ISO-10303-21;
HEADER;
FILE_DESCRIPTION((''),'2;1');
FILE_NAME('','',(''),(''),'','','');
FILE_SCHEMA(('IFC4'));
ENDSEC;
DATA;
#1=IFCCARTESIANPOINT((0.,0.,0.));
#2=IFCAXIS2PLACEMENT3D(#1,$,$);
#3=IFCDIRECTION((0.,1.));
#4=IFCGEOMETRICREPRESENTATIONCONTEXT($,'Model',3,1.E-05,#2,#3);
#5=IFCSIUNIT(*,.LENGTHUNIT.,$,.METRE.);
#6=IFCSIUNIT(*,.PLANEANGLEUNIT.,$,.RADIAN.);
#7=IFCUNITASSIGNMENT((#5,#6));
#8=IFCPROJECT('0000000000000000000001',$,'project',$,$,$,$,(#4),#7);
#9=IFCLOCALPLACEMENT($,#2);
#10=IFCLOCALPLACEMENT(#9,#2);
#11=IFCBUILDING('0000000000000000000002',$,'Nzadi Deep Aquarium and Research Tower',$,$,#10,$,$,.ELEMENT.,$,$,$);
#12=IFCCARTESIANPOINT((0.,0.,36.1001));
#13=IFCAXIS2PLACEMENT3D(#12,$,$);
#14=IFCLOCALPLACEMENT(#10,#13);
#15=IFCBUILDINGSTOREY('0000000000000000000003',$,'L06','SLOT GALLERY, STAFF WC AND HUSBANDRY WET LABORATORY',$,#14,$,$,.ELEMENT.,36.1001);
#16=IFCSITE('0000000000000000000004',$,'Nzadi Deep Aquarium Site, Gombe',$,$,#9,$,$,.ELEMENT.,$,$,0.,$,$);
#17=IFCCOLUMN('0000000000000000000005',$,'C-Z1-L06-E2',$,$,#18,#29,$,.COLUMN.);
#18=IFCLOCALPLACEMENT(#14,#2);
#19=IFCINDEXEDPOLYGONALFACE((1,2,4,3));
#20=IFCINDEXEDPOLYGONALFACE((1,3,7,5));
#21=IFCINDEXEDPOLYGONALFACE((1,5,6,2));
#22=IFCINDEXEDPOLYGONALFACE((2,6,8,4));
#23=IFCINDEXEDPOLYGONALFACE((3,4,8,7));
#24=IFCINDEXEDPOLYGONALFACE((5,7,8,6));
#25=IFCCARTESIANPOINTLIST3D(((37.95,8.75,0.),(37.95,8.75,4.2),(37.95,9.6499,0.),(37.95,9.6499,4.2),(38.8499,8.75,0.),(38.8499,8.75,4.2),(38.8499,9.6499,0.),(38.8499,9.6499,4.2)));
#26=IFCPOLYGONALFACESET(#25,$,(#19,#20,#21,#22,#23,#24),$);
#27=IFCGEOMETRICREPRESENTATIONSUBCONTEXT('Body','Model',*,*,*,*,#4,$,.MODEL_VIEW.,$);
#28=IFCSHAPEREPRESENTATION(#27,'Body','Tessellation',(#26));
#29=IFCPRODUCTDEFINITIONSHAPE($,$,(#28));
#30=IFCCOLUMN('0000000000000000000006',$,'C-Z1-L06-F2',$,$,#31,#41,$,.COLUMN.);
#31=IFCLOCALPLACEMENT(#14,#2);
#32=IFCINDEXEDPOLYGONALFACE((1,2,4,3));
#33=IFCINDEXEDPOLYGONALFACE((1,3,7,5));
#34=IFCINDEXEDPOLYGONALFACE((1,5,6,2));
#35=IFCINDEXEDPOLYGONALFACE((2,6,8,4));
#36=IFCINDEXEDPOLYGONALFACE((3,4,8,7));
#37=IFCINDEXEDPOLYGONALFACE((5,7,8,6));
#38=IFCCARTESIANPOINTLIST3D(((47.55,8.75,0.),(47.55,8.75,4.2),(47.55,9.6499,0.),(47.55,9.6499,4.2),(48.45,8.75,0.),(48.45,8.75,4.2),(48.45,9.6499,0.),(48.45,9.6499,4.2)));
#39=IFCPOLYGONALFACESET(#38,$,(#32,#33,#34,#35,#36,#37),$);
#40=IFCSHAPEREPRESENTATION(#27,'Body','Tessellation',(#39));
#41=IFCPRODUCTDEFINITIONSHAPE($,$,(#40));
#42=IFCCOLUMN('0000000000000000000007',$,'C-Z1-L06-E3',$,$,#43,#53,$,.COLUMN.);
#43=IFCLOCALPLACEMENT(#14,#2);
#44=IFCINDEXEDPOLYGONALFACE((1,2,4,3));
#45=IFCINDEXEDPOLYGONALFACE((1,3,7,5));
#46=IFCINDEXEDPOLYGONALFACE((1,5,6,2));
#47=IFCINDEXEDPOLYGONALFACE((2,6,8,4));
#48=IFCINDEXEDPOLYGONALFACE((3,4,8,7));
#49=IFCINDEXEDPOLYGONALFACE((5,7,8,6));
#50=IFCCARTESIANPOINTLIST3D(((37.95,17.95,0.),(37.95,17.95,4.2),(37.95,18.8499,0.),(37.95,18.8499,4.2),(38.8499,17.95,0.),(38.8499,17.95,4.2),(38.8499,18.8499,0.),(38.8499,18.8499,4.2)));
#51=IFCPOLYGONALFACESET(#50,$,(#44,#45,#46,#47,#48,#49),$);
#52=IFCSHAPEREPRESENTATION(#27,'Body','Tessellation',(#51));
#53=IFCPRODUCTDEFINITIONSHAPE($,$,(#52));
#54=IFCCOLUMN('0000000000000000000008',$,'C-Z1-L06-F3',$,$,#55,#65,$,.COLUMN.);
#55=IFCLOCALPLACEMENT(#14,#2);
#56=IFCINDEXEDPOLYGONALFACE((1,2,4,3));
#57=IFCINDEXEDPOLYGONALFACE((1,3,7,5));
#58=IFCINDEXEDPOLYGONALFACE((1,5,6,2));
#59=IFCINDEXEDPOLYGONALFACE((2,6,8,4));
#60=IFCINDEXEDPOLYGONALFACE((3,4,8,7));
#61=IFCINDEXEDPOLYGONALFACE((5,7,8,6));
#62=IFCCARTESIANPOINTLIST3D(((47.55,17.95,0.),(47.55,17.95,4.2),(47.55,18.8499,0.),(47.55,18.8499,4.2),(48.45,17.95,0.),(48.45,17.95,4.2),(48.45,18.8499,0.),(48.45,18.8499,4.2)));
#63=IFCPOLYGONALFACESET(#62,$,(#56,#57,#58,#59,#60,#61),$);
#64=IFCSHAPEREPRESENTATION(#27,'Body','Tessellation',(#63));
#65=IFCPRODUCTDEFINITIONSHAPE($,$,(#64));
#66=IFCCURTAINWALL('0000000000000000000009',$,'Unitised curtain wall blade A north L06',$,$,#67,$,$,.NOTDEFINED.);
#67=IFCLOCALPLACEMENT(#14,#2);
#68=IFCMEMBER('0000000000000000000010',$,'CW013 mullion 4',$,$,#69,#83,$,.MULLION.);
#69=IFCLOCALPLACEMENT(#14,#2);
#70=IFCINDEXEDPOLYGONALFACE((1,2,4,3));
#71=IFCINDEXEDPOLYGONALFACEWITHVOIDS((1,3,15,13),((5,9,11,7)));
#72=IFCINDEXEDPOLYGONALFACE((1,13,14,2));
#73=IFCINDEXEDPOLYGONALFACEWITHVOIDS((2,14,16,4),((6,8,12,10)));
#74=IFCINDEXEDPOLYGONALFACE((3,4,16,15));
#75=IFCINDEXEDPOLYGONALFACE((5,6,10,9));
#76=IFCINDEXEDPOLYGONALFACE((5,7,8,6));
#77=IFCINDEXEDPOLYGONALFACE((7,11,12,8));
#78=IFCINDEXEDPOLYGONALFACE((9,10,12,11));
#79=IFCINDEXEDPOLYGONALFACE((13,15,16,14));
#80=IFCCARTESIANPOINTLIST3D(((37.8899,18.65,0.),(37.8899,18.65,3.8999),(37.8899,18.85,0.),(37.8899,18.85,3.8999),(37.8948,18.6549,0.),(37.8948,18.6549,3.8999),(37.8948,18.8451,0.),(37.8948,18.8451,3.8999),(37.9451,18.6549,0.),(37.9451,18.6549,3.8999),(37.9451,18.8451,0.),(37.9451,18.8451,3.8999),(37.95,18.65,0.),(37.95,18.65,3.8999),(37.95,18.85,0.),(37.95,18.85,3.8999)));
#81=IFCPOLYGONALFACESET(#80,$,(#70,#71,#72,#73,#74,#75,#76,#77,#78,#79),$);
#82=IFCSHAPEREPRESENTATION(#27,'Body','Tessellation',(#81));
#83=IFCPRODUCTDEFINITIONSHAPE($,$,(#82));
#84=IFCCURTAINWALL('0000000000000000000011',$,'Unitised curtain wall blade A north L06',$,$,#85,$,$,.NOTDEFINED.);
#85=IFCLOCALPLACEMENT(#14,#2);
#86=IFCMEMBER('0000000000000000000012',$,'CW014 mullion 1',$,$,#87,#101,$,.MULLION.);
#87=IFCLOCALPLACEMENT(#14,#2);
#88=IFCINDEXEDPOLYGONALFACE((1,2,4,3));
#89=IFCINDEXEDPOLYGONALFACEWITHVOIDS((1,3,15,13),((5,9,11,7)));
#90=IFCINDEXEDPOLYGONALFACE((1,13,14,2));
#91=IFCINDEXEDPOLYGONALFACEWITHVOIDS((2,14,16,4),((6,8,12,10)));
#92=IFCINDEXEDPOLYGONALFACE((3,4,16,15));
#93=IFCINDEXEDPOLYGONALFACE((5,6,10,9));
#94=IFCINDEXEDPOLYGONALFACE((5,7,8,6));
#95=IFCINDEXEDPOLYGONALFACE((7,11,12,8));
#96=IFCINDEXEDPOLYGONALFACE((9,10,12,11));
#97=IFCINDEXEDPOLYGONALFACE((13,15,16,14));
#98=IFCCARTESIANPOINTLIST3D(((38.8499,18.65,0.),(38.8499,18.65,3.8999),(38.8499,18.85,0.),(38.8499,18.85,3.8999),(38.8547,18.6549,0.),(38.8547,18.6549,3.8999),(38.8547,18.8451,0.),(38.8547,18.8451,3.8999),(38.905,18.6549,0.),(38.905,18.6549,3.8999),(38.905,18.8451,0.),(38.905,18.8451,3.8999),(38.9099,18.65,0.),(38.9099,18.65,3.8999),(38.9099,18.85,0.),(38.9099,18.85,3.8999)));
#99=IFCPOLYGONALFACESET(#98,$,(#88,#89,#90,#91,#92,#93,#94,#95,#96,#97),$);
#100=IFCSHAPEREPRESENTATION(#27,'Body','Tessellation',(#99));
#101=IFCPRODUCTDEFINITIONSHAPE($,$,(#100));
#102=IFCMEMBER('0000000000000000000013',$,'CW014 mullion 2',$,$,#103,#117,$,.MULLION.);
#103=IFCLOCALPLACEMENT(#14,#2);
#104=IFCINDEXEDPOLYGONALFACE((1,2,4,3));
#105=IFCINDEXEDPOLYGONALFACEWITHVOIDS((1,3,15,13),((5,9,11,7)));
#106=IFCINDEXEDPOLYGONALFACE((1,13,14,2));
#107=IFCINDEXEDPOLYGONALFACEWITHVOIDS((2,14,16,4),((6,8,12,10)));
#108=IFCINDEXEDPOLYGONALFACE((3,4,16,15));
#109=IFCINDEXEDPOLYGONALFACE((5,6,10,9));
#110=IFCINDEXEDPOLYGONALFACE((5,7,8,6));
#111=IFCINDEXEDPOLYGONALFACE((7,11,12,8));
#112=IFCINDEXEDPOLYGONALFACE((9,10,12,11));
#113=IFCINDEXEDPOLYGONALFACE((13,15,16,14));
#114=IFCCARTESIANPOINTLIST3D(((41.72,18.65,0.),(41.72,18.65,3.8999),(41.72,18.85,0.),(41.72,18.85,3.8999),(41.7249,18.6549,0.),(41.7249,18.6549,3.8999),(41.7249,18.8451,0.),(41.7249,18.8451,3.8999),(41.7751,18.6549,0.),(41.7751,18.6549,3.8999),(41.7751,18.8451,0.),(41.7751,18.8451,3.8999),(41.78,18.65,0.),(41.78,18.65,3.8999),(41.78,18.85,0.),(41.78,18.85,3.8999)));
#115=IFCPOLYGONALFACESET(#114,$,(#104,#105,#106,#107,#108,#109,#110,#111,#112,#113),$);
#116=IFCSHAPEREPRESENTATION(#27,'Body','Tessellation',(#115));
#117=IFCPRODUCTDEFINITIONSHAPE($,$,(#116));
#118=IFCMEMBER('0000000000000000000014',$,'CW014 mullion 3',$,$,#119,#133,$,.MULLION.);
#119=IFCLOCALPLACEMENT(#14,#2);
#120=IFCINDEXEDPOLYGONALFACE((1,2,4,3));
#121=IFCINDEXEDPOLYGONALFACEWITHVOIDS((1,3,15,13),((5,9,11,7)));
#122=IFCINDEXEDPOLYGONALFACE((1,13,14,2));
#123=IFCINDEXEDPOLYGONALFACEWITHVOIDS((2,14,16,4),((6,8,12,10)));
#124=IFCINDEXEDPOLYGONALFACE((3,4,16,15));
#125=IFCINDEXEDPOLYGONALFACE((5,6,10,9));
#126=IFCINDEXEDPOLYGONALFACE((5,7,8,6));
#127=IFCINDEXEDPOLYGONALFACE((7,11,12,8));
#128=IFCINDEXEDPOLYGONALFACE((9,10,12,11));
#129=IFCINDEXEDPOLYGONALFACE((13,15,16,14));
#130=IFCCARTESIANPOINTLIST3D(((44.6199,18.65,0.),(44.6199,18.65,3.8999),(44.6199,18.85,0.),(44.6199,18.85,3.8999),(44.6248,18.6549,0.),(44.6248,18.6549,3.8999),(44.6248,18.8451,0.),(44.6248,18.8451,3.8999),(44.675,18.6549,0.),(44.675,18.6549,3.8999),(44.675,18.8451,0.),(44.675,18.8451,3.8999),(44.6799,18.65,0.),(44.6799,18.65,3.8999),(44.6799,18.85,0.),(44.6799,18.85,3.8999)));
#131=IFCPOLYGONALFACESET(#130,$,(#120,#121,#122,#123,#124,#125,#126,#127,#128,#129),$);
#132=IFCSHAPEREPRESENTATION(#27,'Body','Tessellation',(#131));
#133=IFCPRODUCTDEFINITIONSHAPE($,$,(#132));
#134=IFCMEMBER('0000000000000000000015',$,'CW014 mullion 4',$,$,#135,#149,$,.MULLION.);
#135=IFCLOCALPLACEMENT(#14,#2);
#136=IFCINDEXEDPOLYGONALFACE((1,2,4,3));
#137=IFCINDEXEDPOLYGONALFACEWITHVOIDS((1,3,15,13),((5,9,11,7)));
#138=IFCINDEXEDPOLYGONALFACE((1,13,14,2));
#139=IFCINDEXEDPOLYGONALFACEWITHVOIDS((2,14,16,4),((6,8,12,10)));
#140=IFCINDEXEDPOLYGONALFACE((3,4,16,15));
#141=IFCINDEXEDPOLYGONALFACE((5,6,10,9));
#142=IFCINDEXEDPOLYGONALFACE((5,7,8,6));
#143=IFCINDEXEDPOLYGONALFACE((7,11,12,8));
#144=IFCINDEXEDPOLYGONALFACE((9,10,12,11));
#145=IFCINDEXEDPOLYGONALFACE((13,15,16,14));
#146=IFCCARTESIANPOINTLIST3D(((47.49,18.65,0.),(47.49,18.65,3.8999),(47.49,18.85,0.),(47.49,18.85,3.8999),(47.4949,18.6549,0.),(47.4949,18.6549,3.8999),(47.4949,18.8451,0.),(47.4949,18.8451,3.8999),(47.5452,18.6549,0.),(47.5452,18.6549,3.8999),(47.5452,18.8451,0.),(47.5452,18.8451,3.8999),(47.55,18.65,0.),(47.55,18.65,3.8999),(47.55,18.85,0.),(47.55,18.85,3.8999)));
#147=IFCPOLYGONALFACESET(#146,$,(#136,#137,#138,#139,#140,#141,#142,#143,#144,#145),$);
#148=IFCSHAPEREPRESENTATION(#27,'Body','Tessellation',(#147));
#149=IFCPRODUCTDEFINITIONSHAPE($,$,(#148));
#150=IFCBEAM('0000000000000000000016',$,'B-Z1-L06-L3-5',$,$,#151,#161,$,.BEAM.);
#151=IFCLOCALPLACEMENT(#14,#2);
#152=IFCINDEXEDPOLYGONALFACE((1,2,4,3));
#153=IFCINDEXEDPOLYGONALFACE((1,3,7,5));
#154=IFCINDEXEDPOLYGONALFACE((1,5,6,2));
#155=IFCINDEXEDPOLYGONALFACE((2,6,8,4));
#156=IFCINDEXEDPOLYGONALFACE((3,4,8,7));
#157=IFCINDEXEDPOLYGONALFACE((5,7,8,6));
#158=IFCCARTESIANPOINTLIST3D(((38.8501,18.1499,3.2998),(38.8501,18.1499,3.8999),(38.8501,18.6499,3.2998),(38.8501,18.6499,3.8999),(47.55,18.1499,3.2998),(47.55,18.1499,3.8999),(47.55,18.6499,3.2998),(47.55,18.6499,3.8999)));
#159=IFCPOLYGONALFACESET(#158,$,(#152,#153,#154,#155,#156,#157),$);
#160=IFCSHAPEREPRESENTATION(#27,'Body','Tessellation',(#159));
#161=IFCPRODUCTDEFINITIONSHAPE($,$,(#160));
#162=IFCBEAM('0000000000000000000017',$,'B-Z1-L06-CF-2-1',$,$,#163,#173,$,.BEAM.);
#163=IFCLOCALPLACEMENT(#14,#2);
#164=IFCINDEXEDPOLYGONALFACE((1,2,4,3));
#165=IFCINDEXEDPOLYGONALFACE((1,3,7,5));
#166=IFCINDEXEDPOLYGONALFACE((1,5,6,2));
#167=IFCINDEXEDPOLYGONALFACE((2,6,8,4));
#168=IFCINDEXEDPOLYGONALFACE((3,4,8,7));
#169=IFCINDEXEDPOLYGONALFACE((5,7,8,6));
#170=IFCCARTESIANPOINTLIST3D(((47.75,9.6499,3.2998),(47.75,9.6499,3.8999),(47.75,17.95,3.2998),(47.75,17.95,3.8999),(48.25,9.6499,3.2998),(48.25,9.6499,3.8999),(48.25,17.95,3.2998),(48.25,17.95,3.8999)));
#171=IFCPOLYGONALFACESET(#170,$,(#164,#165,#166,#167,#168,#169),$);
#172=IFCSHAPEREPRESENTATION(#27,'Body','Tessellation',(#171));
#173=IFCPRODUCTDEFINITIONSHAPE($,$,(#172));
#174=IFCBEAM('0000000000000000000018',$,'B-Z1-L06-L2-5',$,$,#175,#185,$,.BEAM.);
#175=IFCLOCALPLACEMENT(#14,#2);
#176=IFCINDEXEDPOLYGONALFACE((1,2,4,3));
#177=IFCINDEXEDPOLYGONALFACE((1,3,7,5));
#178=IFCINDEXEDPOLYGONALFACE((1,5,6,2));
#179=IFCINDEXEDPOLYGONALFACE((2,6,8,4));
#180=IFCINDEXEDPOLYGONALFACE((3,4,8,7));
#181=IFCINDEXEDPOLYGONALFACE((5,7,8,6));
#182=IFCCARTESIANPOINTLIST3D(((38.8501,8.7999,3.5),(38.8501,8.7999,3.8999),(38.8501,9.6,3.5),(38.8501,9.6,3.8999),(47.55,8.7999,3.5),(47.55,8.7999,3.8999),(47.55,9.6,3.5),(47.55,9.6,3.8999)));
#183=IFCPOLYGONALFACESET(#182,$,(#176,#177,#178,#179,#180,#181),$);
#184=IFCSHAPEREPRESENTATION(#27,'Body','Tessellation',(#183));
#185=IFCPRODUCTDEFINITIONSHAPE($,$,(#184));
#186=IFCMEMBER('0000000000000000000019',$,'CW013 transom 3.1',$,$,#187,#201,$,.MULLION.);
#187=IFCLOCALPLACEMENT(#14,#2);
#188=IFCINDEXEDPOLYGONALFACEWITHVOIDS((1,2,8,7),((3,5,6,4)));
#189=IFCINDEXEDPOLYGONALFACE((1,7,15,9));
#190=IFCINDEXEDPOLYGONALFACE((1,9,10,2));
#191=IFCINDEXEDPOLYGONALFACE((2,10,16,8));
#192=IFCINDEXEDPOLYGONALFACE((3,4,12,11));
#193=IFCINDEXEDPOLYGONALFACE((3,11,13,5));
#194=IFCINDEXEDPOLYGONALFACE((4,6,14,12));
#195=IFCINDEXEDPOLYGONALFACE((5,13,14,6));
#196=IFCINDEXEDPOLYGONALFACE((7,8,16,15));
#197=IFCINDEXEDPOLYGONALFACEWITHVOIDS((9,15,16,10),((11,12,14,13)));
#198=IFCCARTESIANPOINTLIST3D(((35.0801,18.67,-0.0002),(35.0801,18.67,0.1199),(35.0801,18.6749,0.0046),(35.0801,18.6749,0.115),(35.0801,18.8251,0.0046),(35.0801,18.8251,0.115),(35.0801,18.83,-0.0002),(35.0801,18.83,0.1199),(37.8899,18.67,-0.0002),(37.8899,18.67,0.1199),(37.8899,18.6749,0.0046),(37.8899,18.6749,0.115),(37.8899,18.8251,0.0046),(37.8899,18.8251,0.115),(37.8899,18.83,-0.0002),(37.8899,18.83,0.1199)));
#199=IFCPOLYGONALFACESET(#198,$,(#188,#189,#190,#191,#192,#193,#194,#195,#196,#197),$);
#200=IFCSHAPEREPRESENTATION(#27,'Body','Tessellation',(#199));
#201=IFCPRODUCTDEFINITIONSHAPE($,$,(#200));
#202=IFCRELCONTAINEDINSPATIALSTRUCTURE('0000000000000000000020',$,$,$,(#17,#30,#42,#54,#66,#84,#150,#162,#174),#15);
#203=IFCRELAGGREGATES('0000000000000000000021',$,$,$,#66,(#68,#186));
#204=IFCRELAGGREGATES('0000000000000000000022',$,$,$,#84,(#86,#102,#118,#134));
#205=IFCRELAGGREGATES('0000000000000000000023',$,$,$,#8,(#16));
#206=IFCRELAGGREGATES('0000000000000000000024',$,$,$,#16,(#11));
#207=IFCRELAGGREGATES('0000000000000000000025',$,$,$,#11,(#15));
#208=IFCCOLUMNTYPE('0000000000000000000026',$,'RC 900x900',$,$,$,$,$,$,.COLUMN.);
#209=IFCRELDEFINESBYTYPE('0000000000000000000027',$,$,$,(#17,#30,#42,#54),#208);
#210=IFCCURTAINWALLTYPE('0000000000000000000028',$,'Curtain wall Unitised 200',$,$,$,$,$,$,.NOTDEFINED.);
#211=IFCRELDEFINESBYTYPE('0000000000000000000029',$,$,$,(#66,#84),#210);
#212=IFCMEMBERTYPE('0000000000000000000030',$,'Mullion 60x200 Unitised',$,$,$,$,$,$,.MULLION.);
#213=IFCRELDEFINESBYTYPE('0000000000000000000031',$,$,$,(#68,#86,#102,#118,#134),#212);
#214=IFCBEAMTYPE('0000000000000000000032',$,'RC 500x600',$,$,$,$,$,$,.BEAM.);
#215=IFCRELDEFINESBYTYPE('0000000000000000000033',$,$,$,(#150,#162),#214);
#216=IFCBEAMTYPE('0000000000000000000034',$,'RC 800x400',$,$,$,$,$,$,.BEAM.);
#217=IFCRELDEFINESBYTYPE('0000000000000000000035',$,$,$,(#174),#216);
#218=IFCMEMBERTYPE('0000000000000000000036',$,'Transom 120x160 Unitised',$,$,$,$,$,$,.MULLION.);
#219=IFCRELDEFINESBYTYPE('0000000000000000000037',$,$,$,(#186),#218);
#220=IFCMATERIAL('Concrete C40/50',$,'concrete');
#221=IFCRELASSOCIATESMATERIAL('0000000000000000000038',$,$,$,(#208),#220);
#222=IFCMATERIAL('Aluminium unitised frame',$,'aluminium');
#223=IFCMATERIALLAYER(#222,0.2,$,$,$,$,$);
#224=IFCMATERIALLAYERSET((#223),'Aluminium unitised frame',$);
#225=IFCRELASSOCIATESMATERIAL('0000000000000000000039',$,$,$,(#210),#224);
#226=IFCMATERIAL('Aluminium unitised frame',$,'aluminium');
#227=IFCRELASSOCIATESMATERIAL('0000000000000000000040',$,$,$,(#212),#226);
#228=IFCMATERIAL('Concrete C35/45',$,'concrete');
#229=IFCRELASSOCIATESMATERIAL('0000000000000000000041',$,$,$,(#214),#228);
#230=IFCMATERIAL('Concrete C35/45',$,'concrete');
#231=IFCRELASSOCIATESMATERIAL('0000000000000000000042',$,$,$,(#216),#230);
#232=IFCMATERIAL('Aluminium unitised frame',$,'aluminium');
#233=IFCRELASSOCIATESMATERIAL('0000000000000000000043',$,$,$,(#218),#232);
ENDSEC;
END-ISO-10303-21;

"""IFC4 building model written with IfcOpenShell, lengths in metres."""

from ifc_helpers import new_model, si_unit, direction, frame, origin, origin_2d, place, context, subcontext, project, spatial, rectangle, hollow_rectangle, extrude, material, layer, layer_set, material_profile, profile_set, type_object, element, aggregate, save


model = new_model("IFC4")

# Units and contexts
model_context = context("Model", 3, precision=1e-05, world=origin(), true_north=direction((0.0, 1.0)))
body_context = subcontext(model_context, "Body", "Model", "MODEL_VIEW")
ifc_project = project(units=[si_unit("LENGTHUNIT", "METRE"), si_unit("PLANEANGLEUNIT", "RADIAN")], contexts=[model_context])

# Site, building, storey
site_placement = place(None, origin())
site = spatial("IfcSite", under=ifc_project, at=site_placement, Name="Nzadi Deep Aquarium Site, Gombe", CompositionType="ELEMENT", RefElevation=0.0)
building_placement = place(site_placement, origin())
building = spatial("IfcBuilding", under=site, at=building_placement, Name="Nzadi Deep Aquarium and Research Tower", CompositionType="ELEMENT")
storey_placement = place(building_placement, frame((0.0, 0.0, 36.1001)))
storey = spatial("IfcBuildingStorey", under=building, at=storey_placement, Name="L06", Description="SLOT GALLERY, STAFF WC AND HUSBANDRY WET LABORATORY", CompositionType="ELEMENT", Elevation=36.1001)

# Columns
ifc_material_1 = material(Name="Concrete C40/50", Category="concrete")
ifc_material_profile_1 = material_profile(ifc_material_1, rectangle(XDim=0.8999, YDim=0.8999, at=origin_2d()))
ifc_profile_set_1 = profile_set([ifc_material_profile_1], Name="Concrete C40/50")
column_type = type_object("IfcColumnType", Name="RC 900x900", PredefinedType="COLUMN", material=ifc_profile_set_1)
for number, where, z_axis, x_axis, name in (
    (1, (38.3999, 9.2, 0.0), (0.0, 0.0, 1.0), (1.0, 0.0, 0.0), "C-Z1-L06-E2"),
    (2, (48.0, 9.2, 0.0), (0.0, 0.0, 1.0), (1.0, 0.0, 0.0), "C-Z1-L06-F2"),
    (3, (38.3999, 18.3999, 0.0), (0.0, 0.0, 1.0), (1.0, 0.0, 0.0), "C-Z1-L06-E3"),
    (4, (48.0, 18.3999, 0.0), (0.0, 0.0, 1.0), (1.0, 0.0, 0.0), "C-Z1-L06-F3"),
):
    element("IfcColumn", number, at=place(storey_placement, frame(where, z_axis=z_axis, x_axis=x_axis)), inside=storey, type_object=column_type, Name=name, PredefinedType="COLUMN", context=body_context, shape_type="SweptSolid", body=[
        extrude(rectangle(XDim=0.8999, YDim=0.8999, at=origin_2d()), origin(), (0.0, 0.0, 1.0), 4.2),
    ])

# Curtain wall, member
ifc_material_2 = material(Name="Aluminium unitised frame", Category="aluminium")
ifc_layer_1 = layer(ifc_material_2, 0.2)
ifc_layer_set_1 = layer_set([ifc_layer_1], Name="Aluminium unitised frame")
curtain_wall_type = type_object("IfcCurtainWallType", Name="Curtain wall Unitised 200", PredefinedType="NOTDEFINED", material=ifc_layer_set_1)
curtain_wall_1_placement = place(storey_placement, origin())
curtain_wall_1 = element("IfcCurtainWall", 5, at=curtain_wall_1_placement, inside=storey, type_object=curtain_wall_type, Name="Unitised curtain wall blade A north L06", PredefinedType="NOTDEFINED")
ifc_material_3 = material(Name="Aluminium unitised frame", Category="aluminium")
ifc_material_profile_2 = material_profile(ifc_material_3, hollow_rectangle(XDim=0.2, YDim=0.0601, WallThickness=0.0049, at=origin_2d()))
ifc_profile_set_2 = profile_set([ifc_material_profile_2], Name="Aluminium unitised frame")
member_type_1 = type_object("IfcMemberType", Name="Mullion 60x200 Unitised", PredefinedType="MULLION", material=ifc_profile_set_2)
member_1_placement = place(storey_placement, frame((37.9199, 18.75, 0.0), z_axis=(0.0, 0.0, 1.0), x_axis=(0.0, 1.0, 0.0)))
member_1 = element("IfcMember", 6, at=member_1_placement, type_object=member_type_1, Name="CW013 mullion 4", PredefinedType="MULLION", context=body_context, shape_type="SweptSolid", body=[
    extrude(hollow_rectangle(XDim=0.2, YDim=0.0601, WallThickness=0.0049, at=origin_2d()), origin(), (0.0, 0.0, 1.0), 3.8999),
])

# Curtain wall, members
curtain_wall_2_placement = place(storey_placement, origin())
curtain_wall_2 = element("IfcCurtainWall", 7, at=curtain_wall_2_placement, inside=storey, type_object=curtain_wall_type, Name="Unitised curtain wall blade A north L06", PredefinedType="NOTDEFINED")
member_2_placement = place(storey_placement, frame((38.8799, 18.75, 0.0), z_axis=(0.0, 0.0, 1.0), x_axis=(0.0, 1.0, 0.0)))
member_2 = element("IfcMember", 8, at=member_2_placement, type_object=member_type_1, Name="CW014 mullion 1", PredefinedType="MULLION", context=body_context, shape_type="SweptSolid", body=[
    extrude(hollow_rectangle(XDim=0.2, YDim=0.0601, WallThickness=0.0049, at=origin_2d()), origin(), (0.0, 0.0, 1.0), 3.8999),
])
member_3_placement = place(storey_placement, frame((41.75, 18.75, 0.0), z_axis=(0.0, 0.0, 1.0), x_axis=(0.0, 1.0, 0.0)))
member_3 = element("IfcMember", 9, at=member_3_placement, type_object=member_type_1, Name="CW014 mullion 2", PredefinedType="MULLION", context=body_context, shape_type="SweptSolid", body=[
    extrude(hollow_rectangle(XDim=0.2, YDim=0.0601, WallThickness=0.0049, at=origin_2d()), origin(), (0.0, 0.0, 1.0), 3.8999),
])
member_4_placement = place(storey_placement, frame((44.6499, 18.75, 0.0), z_axis=(0.0, 0.0, 1.0), x_axis=(0.0, 1.0, 0.0)))
member_4 = element("IfcMember", 10, at=member_4_placement, type_object=member_type_1, Name="CW014 mullion 3", PredefinedType="MULLION", context=body_context, shape_type="SweptSolid", body=[
    extrude(hollow_rectangle(XDim=0.2, YDim=0.0601, WallThickness=0.0049, at=origin_2d()), origin(), (0.0, 0.0, 1.0), 3.8999),
])
member_5_placement = place(storey_placement, frame((47.52, 18.75, 0.0), z_axis=(0.0, 0.0, 1.0), x_axis=(0.0, 1.0, 0.0)))
member_5 = element("IfcMember", 11, at=member_5_placement, type_object=member_type_1, Name="CW014 mullion 4", PredefinedType="MULLION", context=body_context, shape_type="SweptSolid", body=[
    extrude(hollow_rectangle(XDim=0.2, YDim=0.0601, WallThickness=0.0049, at=origin_2d()), origin(), (0.0, 0.0, 1.0), 3.8999),
])

# Beams
ifc_material_4 = material(Name="Concrete C35/45", Category="concrete")
ifc_material_profile_3 = material_profile(ifc_material_4, rectangle(XDim=0.5, YDim=0.6001, at=origin_2d()))
ifc_profile_set_3 = profile_set([ifc_material_profile_3], Name="Concrete C35/45")
beam_type_1 = type_object("IfcBeamType", Name="RC 500x600", PredefinedType="BEAM", material=ifc_profile_set_3)
beam_1_placement = place(storey_placement, frame((38.8501, 18.3999, 3.5999), z_axis=(1.0, 0.0, 0.0), x_axis=(0.0, 1.0, 0.0)))
element("IfcBeam", 12, at=beam_1_placement, inside=storey, type_object=beam_type_1, Name="B-Z1-L06-L3-5", PredefinedType="BEAM", context=body_context, shape_type="SweptSolid", body=[
    extrude(rectangle(XDim=0.5, YDim=0.6001, at=origin_2d()), origin(), (0.0, 0.0, 1.0), 8.7),
])
beam_2_placement = place(storey_placement, frame((48.0, 9.6499, 3.5999), z_axis=(0.0, 1.0, 0.0), x_axis=(-1.0, 0.0, 0.0)))
element("IfcBeam", 13, at=beam_2_placement, inside=storey, type_object=beam_type_1, Name="B-Z1-L06-CF-2-1", PredefinedType="BEAM", context=body_context, shape_type="SweptSolid", body=[
    extrude(rectangle(XDim=0.5, YDim=0.6001, at=origin_2d()), origin(), (0.0, 0.0, 1.0), 8.3),
])
ifc_material_5 = material(Name="Concrete C35/45", Category="concrete")
ifc_material_profile_4 = material_profile(ifc_material_5, rectangle(XDim=0.8, YDim=0.3999, at=origin_2d()))
ifc_profile_set_4 = profile_set([ifc_material_profile_4], Name="Concrete C35/45")
beam_type_2 = type_object("IfcBeamType", Name="RC 800x400", PredefinedType="BEAM", material=ifc_profile_set_4)
beam_3_placement = place(storey_placement, frame((38.8501, 9.2, 3.7), z_axis=(1.0, 0.0, 0.0), x_axis=(0.0, 1.0, 0.0)))
element("IfcBeam", 14, at=beam_3_placement, inside=storey, type_object=beam_type_2, Name="B-Z1-L06-L2-5", PredefinedType="BEAM", context=body_context, shape_type="SweptSolid", body=[
    extrude(rectangle(XDim=0.8, YDim=0.3999, at=origin_2d()), origin(), (0.0, 0.0, 1.0), 8.7),
])

# Member
ifc_material_6 = material(Name="Aluminium unitised frame", Category="aluminium")
ifc_material_profile_5 = material_profile(ifc_material_6, hollow_rectangle(XDim=0.1599, YDim=0.1201, WallThickness=0.0049, at=origin_2d()))
ifc_profile_set_5 = profile_set([ifc_material_profile_5], Name="Aluminium unitised frame")
member_type_2 = type_object("IfcMemberType", Name="Transom 120x160 Unitised", PredefinedType="MULLION", material=ifc_profile_set_5)
member_6_placement = place(storey_placement, frame((35.0801, 18.75, 0.0598), z_axis=(1.0, 0.0, 0.0), x_axis=(0.0, 1.0, 0.0)))
member_6 = element("IfcMember", 15, at=member_6_placement, type_object=member_type_2, Name="CW013 transom 3.1", PredefinedType="MULLION", context=body_context, shape_type="SweptSolid", body=[
    extrude(hollow_rectangle(XDim=0.1599, YDim=0.1201, WallThickness=0.0049, at=origin_2d()), origin(), (0.0, 0.0, 1.0), 2.8098),
])

aggregate(curtain_wall_1, [member_1, member_6])
aggregate(curtain_wall_2, [member_2, member_3, member_4, member_5])

save(model, "model.ifc")
